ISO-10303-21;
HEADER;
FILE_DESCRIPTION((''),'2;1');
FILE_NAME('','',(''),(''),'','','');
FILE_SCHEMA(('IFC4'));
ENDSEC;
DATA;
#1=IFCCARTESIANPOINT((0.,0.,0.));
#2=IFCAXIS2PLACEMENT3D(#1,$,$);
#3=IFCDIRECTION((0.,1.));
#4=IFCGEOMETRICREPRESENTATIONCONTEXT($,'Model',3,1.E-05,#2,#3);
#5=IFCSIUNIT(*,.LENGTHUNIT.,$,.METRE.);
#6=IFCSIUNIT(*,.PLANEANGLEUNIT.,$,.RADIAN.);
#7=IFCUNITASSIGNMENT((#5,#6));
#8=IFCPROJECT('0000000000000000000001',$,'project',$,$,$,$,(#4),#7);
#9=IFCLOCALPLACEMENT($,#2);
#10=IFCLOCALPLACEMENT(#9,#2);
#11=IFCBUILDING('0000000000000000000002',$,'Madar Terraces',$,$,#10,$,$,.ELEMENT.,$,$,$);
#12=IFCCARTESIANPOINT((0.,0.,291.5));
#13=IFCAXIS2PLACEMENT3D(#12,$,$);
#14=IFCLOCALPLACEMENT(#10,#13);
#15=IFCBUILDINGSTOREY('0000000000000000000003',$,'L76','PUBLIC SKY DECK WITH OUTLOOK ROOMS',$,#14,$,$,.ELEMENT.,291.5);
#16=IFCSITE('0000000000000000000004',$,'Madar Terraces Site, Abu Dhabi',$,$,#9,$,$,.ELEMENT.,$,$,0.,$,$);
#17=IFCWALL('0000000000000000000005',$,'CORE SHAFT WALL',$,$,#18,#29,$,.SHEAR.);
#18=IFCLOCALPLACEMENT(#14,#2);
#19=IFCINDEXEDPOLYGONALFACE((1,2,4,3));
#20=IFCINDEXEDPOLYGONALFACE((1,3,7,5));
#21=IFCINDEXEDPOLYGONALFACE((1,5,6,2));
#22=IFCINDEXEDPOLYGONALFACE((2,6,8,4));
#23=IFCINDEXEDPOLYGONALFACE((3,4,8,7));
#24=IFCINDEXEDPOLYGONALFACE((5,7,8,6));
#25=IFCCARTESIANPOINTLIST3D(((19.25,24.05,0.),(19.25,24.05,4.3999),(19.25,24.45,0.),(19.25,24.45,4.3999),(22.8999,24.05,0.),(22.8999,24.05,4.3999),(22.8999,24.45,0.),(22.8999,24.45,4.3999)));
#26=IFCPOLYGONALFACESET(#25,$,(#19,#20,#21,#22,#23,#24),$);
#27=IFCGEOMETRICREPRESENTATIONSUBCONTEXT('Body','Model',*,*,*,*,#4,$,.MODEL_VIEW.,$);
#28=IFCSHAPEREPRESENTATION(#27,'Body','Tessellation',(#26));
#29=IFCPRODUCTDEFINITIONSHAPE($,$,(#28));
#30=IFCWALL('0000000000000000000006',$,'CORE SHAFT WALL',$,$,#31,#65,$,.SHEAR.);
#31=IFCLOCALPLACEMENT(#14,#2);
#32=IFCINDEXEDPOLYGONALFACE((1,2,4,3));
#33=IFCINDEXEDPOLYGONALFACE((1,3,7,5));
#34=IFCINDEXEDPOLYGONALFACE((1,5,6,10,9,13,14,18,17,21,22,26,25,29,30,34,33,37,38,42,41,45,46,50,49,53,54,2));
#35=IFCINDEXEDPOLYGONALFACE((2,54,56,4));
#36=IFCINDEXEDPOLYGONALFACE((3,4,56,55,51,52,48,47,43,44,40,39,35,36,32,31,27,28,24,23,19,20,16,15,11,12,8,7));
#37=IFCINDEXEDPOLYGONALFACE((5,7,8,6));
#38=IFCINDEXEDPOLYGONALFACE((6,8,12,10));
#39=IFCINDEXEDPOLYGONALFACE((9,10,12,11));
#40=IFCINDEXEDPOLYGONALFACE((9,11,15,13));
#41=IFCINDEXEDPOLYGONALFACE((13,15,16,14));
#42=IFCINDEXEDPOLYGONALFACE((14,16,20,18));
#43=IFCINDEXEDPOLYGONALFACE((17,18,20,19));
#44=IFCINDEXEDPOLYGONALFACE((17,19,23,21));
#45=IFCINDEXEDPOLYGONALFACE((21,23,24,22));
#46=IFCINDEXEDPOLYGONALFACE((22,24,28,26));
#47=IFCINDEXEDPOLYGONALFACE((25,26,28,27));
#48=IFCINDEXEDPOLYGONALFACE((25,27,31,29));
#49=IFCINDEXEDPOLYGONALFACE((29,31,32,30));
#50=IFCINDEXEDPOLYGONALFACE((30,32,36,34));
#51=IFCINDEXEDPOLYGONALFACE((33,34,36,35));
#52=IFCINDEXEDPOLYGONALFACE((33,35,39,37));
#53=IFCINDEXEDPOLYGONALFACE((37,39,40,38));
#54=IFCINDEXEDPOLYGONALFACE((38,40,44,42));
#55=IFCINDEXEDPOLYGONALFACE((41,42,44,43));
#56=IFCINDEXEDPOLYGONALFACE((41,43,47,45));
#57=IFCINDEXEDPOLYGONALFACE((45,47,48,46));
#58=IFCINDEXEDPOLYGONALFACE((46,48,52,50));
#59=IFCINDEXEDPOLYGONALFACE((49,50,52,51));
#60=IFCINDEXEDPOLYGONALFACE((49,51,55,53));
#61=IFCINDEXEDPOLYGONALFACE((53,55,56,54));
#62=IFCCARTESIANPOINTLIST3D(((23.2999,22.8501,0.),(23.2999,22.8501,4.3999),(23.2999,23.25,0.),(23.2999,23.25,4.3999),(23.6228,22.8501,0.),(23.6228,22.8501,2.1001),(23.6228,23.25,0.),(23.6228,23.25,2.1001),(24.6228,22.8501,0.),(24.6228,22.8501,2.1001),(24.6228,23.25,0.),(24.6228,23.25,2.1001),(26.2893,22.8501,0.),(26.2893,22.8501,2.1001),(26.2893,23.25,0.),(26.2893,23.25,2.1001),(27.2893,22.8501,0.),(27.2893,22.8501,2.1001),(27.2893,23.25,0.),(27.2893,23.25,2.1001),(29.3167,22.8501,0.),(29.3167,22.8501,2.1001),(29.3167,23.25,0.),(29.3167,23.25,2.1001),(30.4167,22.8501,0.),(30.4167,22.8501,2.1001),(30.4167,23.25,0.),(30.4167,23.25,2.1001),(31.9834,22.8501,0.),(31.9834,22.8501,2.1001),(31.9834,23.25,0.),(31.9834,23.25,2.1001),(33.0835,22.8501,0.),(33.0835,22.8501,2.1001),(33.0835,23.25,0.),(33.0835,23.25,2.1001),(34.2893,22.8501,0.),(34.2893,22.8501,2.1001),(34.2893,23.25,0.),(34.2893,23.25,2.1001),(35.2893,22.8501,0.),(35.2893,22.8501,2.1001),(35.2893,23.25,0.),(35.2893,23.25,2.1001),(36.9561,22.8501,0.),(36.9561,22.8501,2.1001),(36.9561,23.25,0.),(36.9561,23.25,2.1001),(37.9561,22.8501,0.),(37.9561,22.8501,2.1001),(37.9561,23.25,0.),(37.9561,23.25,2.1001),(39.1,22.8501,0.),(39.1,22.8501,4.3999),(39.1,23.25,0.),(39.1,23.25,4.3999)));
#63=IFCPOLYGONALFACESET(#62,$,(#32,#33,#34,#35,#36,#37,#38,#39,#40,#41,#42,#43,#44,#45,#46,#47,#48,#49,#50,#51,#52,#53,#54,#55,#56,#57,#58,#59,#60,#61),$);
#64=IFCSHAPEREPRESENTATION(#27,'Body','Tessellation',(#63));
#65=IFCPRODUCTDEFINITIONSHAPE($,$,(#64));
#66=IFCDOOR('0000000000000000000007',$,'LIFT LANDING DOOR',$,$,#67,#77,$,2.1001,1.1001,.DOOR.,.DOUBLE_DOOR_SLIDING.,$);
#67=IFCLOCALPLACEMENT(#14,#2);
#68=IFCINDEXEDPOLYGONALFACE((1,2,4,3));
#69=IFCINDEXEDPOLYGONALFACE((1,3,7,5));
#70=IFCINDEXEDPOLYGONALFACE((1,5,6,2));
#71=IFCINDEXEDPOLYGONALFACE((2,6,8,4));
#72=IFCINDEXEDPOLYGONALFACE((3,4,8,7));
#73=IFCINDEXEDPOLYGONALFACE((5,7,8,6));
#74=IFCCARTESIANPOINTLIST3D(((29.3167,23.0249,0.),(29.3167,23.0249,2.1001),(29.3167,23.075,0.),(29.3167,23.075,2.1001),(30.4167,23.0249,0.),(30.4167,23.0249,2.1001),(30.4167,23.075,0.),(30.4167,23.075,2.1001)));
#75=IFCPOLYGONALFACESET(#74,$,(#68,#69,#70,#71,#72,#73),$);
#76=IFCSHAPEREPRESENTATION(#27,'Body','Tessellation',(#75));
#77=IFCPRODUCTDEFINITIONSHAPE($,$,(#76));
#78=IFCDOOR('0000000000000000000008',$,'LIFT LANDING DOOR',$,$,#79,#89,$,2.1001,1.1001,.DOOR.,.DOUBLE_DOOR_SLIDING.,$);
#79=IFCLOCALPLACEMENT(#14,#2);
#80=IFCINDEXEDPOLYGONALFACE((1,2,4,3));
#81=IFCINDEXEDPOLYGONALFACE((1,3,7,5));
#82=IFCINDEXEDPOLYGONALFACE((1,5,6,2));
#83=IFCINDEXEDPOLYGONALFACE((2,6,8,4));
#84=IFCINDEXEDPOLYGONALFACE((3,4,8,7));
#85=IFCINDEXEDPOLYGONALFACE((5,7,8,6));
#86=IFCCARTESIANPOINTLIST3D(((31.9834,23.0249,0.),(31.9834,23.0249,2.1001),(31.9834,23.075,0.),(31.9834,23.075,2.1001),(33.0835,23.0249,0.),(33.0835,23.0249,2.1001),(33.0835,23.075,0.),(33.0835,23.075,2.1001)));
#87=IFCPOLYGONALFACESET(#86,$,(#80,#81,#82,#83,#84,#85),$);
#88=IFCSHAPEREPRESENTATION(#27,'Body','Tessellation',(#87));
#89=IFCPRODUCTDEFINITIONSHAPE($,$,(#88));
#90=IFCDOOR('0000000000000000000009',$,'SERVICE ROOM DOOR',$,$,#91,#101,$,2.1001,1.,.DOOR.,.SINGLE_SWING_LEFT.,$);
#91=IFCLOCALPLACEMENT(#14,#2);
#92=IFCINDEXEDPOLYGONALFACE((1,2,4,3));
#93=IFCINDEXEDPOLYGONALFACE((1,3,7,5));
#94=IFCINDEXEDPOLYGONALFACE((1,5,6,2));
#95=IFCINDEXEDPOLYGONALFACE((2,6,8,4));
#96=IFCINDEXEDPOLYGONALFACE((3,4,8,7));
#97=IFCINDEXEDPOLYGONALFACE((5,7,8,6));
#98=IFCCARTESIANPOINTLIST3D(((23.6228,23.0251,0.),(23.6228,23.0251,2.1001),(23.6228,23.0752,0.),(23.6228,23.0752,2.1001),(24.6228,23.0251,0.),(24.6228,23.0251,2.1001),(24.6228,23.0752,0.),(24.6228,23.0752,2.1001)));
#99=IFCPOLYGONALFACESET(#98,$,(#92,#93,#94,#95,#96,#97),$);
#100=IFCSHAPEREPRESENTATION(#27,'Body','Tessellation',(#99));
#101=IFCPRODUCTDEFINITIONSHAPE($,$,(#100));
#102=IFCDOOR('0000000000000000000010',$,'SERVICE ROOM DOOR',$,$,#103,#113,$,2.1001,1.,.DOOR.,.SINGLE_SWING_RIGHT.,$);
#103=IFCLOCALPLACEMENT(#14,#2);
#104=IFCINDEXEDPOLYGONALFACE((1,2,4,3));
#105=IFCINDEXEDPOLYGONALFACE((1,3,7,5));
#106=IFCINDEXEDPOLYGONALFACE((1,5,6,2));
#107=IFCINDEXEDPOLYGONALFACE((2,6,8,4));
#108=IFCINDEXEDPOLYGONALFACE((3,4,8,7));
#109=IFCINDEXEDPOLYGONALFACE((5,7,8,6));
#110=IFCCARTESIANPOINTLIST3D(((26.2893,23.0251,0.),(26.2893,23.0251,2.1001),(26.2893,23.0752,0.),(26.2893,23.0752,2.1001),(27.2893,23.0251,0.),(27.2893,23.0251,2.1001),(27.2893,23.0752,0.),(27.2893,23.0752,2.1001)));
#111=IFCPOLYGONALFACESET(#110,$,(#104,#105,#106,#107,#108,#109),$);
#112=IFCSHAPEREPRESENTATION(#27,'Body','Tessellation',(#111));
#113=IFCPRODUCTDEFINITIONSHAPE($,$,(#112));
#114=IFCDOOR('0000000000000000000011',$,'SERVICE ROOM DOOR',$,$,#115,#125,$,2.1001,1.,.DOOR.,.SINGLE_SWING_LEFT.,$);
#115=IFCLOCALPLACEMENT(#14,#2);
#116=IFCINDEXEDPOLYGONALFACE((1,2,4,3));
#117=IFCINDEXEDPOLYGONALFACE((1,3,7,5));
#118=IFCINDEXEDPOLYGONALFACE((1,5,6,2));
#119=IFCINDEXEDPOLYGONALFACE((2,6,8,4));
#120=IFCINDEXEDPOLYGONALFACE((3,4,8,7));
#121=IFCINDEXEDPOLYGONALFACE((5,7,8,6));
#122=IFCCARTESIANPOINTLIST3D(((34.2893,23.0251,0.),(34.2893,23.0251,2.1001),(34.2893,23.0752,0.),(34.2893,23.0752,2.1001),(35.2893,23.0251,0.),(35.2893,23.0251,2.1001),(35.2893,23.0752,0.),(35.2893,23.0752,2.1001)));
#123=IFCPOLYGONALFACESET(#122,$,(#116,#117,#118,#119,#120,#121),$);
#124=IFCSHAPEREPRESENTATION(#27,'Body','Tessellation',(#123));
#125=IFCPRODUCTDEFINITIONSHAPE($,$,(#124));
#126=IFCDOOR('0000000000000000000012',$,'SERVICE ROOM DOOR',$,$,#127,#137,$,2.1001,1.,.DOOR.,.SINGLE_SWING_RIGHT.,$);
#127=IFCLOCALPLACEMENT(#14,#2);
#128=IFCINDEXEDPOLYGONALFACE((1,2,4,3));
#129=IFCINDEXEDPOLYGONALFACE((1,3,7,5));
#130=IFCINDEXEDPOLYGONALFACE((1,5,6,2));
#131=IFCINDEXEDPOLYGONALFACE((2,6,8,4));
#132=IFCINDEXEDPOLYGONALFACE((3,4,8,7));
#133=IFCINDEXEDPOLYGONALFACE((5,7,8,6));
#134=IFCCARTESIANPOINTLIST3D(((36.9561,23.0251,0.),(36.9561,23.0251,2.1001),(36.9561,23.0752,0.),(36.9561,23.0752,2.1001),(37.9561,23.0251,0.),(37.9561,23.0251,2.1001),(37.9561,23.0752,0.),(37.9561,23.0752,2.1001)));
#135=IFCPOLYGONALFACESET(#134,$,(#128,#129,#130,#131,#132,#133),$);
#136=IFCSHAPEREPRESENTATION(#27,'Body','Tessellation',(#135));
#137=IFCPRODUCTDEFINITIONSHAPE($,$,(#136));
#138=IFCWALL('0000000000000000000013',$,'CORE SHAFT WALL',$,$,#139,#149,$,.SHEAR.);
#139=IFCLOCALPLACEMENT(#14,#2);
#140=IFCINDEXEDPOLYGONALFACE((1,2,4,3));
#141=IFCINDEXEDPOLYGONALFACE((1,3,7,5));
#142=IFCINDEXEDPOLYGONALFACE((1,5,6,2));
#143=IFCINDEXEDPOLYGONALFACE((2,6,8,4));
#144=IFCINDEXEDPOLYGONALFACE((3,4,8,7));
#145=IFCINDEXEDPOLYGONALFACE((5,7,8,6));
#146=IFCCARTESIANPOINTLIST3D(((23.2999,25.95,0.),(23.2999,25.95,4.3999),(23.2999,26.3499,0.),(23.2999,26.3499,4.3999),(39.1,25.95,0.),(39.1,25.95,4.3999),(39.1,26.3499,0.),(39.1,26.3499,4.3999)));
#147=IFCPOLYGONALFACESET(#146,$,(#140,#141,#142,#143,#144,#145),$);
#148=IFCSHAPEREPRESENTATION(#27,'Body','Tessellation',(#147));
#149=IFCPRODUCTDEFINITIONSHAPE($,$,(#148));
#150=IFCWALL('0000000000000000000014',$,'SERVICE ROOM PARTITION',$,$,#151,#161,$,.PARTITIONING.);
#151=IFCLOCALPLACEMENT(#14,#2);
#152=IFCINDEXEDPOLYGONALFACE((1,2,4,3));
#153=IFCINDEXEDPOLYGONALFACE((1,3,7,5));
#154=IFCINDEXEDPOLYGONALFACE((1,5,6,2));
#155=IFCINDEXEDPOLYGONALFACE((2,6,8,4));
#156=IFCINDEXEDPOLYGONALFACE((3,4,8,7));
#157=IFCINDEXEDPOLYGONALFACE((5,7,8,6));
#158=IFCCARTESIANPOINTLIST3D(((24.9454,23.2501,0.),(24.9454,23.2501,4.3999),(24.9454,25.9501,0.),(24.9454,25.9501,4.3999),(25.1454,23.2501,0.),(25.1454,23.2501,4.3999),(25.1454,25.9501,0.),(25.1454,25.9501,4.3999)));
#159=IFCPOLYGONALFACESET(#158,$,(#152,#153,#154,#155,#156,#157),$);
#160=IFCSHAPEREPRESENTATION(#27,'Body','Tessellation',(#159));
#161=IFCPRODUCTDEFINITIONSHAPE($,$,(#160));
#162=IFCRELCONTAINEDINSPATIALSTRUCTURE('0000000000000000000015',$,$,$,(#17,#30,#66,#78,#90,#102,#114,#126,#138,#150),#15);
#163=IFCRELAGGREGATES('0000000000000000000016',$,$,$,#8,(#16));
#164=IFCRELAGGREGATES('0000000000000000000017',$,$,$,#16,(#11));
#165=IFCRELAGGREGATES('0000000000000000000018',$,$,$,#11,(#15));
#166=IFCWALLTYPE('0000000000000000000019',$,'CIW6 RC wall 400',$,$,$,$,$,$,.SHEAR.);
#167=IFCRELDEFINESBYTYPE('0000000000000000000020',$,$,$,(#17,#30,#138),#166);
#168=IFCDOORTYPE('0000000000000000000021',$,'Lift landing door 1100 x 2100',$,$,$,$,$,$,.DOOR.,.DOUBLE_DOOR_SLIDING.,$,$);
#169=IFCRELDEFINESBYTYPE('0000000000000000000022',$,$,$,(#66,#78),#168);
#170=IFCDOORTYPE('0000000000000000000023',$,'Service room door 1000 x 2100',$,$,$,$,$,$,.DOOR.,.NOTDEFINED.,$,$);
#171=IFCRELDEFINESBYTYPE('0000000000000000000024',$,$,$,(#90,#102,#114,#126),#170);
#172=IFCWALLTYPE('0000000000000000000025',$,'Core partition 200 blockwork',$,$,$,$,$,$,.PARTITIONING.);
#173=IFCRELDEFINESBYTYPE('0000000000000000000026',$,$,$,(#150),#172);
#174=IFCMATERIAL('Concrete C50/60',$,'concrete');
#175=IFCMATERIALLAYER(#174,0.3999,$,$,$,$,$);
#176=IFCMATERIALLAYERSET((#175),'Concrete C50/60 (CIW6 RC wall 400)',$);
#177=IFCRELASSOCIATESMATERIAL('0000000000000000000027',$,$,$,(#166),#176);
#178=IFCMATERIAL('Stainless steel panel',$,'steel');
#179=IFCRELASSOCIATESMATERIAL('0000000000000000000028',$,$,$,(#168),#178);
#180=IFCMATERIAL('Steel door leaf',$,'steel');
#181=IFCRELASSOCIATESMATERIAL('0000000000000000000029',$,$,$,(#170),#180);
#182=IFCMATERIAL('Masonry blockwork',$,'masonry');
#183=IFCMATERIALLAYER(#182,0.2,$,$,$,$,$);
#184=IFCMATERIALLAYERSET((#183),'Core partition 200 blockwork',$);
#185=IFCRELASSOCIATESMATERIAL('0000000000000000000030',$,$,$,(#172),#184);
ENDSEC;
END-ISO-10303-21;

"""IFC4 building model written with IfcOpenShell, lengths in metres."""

from ifc_helpers import new_model, si_unit, direction, frame, frame_2d, origin, place, context, subcontext, project, spatial, rectangle, extrude, material, layer, layer_set, type_object, element, fill, save


model = new_model("IFC4")

# Units and contexts
model_context = context("Model", 3, precision=1e-05, world=origin(), true_north=direction((0.0, 1.0)))
body_context = subcontext(model_context, "Body", "Model", "MODEL_VIEW")
ifc_project = project(units=[si_unit("LENGTHUNIT", "METRE"), si_unit("PLANEANGLEUNIT", "RADIAN")], contexts=[model_context])

# Site, building, storey
site_placement = place(None, origin())
site = spatial("IfcSite", under=ifc_project, at=site_placement, Name="Madar Terraces Site, Abu Dhabi", CompositionType="ELEMENT", RefElevation=0.0)
building_placement = place(site_placement, origin())
building = spatial("IfcBuilding", under=site, at=building_placement, Name="Madar Terraces", CompositionType="ELEMENT")
storey_placement = place(building_placement, frame((0.0, 0.0, 291.5)))
storey = spatial("IfcBuildingStorey", under=building, at=storey_placement, Name="L76", Description="PUBLIC SKY DECK WITH OUTLOOK ROOMS", CompositionType="ELEMENT", Elevation=291.5)

# Wall
ifc_material_1 = material(Name="Concrete C50/60", Category="concrete")
ifc_layer_1 = layer(ifc_material_1, 0.3999)
ifc_layer_set_1 = layer_set([ifc_layer_1], Name="Concrete C50/60 (CIW6 RC wall 400)")
wall_type_1 = type_object("IfcWallType", Name="CIW6 RC wall 400", PredefinedType="SHEAR", material=ifc_layer_set_1)
wall_1_placement = place(storey_placement, frame((19.25, 24.25, 0.0), z_axis=(0.0, 0.0, 1.0), x_axis=(1.0, 0.0, 0.0)))
element("IfcWall", 1, at=wall_1_placement, inside=storey, type_object=wall_type_1, Name="CORE SHAFT WALL", PredefinedType="SHEAR", context=body_context, shape_type="SweptSolid", body=[
    extrude(rectangle(XDim=3.6499, YDim=0.3999, at=frame_2d((1.825, 0.0))), origin(), (0.0, 0.0, 1.0), 4.3999),
])

# Wall, openings, doors
wall_2_placement = place(storey_placement, frame((23.3, 23.05, 0.0), z_axis=(0.0, 0.0, 1.0), x_axis=(1.0, 0.0, 0.0)))
wall_2 = element("IfcWall", 2, at=wall_2_placement, inside=storey, type_object=wall_type_1, Name="CORE SHAFT WALL", PredefinedType="SHEAR", context=body_context, shape_type="SweptSolid", body=[
    extrude(rectangle(XDim=15.8, YDim=0.3999, at=frame_2d((7.8999, 0.0))), origin(), (0.0, 0.0, 1.0), 4.3999),
])
opening_1_placement = place(wall_2_placement, frame((6.0166, 0.0, 0.0)))
opening_1 = element("IfcOpeningElement", 3, at=opening_1_placement, cuts=wall_2, PredefinedType="OPENING", context=body_context, shape_type="SweptSolid", body=[
    extrude(rectangle(XDim=1.1001, YDim=2.1001, at=frame_2d((0.55, 1.05))), frame((0.0, 0.21, 0.0), z_axis=(0.0, -1.0, 0.0), x_axis=(1.0, 0.0, 0.0)), (0.0, 0.0, 1.0), 0.4199),
])
opening_2_placement = place(wall_2_placement, frame((8.6833, 0.0, 0.0)))
opening_2 = element("IfcOpeningElement", 4, at=opening_2_placement, cuts=wall_2, PredefinedType="OPENING", context=body_context, shape_type="SweptSolid", body=[
    extrude(rectangle(XDim=1.1001, YDim=2.1001, at=frame_2d((0.55, 1.05))), frame((0.0, 0.21, 0.0), z_axis=(0.0, -1.0, 0.0), x_axis=(1.0, 0.0, 0.0)), (0.0, 0.0, 1.0), 0.4199),
])
opening_3_placement = place(wall_2_placement, frame((0.3228, 0.0, 0.0)))
opening_3 = element("IfcOpeningElement", 5, at=opening_3_placement, cuts=wall_2, PredefinedType="OPENING", context=body_context, shape_type="SweptSolid", body=[
    extrude(rectangle(XDim=1.0, YDim=2.1001, at=frame_2d((0.5, 1.05))), frame((0.0, 0.21, 0.0), z_axis=(0.0, -1.0, 0.0), x_axis=(1.0, 0.0, 0.0)), (0.0, 0.0, 1.0), 0.4199),
])
opening_4_placement = place(wall_2_placement, frame((2.9893, 0.0, 0.0)))
opening_4 = element("IfcOpeningElement", 6, at=opening_4_placement, cuts=wall_2, PredefinedType="OPENING", context=body_context, shape_type="SweptSolid", body=[
    extrude(rectangle(XDim=1.0, YDim=2.1001, at=frame_2d((0.5, 1.05))), frame((0.0, 0.21, 0.0), z_axis=(0.0, -1.0, 0.0), x_axis=(1.0, 0.0, 0.0)), (0.0, 0.0, 1.0), 0.4199),
])
opening_5_placement = place(wall_2_placement, frame((10.9893, 0.0, 0.0)))
opening_5 = element("IfcOpeningElement", 7, at=opening_5_placement, cuts=wall_2, PredefinedType="OPENING", context=body_context, shape_type="SweptSolid", body=[
    extrude(rectangle(XDim=1.0, YDim=2.1001, at=frame_2d((0.5, 1.05))), frame((0.0, 0.21, 0.0), z_axis=(0.0, -1.0, 0.0), x_axis=(1.0, 0.0, 0.0)), (0.0, 0.0, 1.0), 0.4199),
])
opening_6_placement = place(wall_2_placement, frame((13.656, 0.0, 0.0)))
opening_6 = element("IfcOpeningElement", 8, at=opening_6_placement, cuts=wall_2, PredefinedType="OPENING", context=body_context, shape_type="SweptSolid", body=[
    extrude(rectangle(XDim=1.0, YDim=2.1001, at=frame_2d((0.5, 1.05))), frame((0.0, 0.21, 0.0), z_axis=(0.0, -1.0, 0.0), x_axis=(1.0, 0.0, 0.0)), (0.0, 0.0, 1.0), 0.4199),
])
ifc_material_2 = material(Name="Stainless steel panel", Category="steel")
door_type_1 = type_object("IfcDoorType", Name="Lift landing door 1100 x 2100", OperationType="DOUBLE_DOOR_SLIDING", PredefinedType="DOOR", material=ifc_material_2)
door_1_placement = place(opening_1_placement, origin())
door_1 = element("IfcDoor", 9, at=door_1_placement, inside=storey, type_object=door_type_1, Name="LIFT LANDING DOOR", OperationType="DOUBLE_DOOR_SLIDING", OverallHeight=2.1001, OverallWidth=1.1001, PredefinedType="DOOR", context=body_context, shape_type="SweptSolid", body=[
    extrude(rectangle(XDim=1.1001, YDim=2.1001, at=frame_2d((0.55, 1.05))), frame((0.0, 0.0249, 0.0), z_axis=(0.0, -1.0, 0.0), x_axis=(1.0, 0.0, 0.0)), (0.0, 0.0, 1.0), 0.05),
])
fill(opening_1, door_1)
door_2_placement = place(opening_2_placement, origin())
door_2 = element("IfcDoor", 10, at=door_2_placement, inside=storey, type_object=door_type_1, Name="LIFT LANDING DOOR", OperationType="DOUBLE_DOOR_SLIDING", OverallHeight=2.1001, OverallWidth=1.1001, PredefinedType="DOOR", context=body_context, shape_type="SweptSolid", body=[
    extrude(rectangle(XDim=1.1001, YDim=2.1001, at=frame_2d((0.55, 1.05))), frame((0.0, 0.0249, 0.0), z_axis=(0.0, -1.0, 0.0), x_axis=(1.0, 0.0, 0.0)), (0.0, 0.0, 1.0), 0.05),
])
fill(opening_2, door_2)
ifc_material_3 = material(Name="Steel door leaf", Category="steel")
door_type_2 = type_object("IfcDoorType", Name="Service room door 1000 x 2100", OperationType="NOTDEFINED", PredefinedType="DOOR", material=ifc_material_3)
door_3_placement = place(opening_3_placement, frame((1.0, 0.0, 0.0), z_axis=(0.0, 0.0, 1.0), x_axis=(-1.0, 0.0, 0.0)))
door_3 = element("IfcDoor", 11, at=door_3_placement, inside=storey, type_object=door_type_2, Name="SERVICE ROOM DOOR", OperationType="SINGLE_SWING_LEFT", OverallHeight=2.1001, OverallWidth=1.0, PredefinedType="DOOR", context=body_context, shape_type="SweptSolid", body=[
    extrude(rectangle(XDim=1.0, YDim=2.1001, at=frame_2d((0.5, 1.05))), frame((0.0, 0.0249, 0.0), z_axis=(0.0, -1.0, 0.0), x_axis=(1.0, 0.0, 0.0)), (0.0, 0.0, 1.0), 0.05),
])
fill(opening_3, door_3)
door_4_placement = place(opening_4_placement, frame((1.0, 0.0, 0.0), z_axis=(0.0, 0.0, 1.0), x_axis=(-1.0, 0.0, 0.0)))
door_4 = element("IfcDoor", 12, at=door_4_placement, inside=storey, type_object=door_type_2, Name="SERVICE ROOM DOOR", OperationType="SINGLE_SWING_RIGHT", OverallHeight=2.1001, OverallWidth=1.0, PredefinedType="DOOR", context=body_context, shape_type="SweptSolid", body=[
    extrude(rectangle(XDim=1.0, YDim=2.1001, at=frame_2d((0.5, 1.05))), frame((0.0, 0.0249, 0.0), z_axis=(0.0, -1.0, 0.0), x_axis=(1.0, 0.0, 0.0)), (0.0, 0.0, 1.0), 0.05),
])
fill(opening_4, door_4)
door_5_placement = place(opening_5_placement, frame((1.0, 0.0, 0.0), z_axis=(0.0, 0.0, 1.0), x_axis=(-1.0, 0.0, 0.0)))
door_5 = element("IfcDoor", 13, at=door_5_placement, inside=storey, type_object=door_type_2, Name="SERVICE ROOM DOOR", OperationType="SINGLE_SWING_LEFT", OverallHeight=2.1001, OverallWidth=1.0, PredefinedType="DOOR", context=body_context, shape_type="SweptSolid", body=[
    extrude(rectangle(XDim=1.0, YDim=2.1001, at=frame_2d((0.5, 1.05))), frame((0.0, 0.0249, 0.0), z_axis=(0.0, -1.0, 0.0), x_axis=(1.0, 0.0, 0.0)), (0.0, 0.0, 1.0), 0.05),
])
fill(opening_5, door_5)
door_6_placement = place(opening_6_placement, frame((1.0, 0.0, 0.0), z_axis=(0.0, 0.0, 1.0), x_axis=(-1.0, 0.0, 0.0)))
door_6 = element("IfcDoor", 14, at=door_6_placement, inside=storey, type_object=door_type_2, Name="SERVICE ROOM DOOR", OperationType="SINGLE_SWING_RIGHT", OverallHeight=2.1001, OverallWidth=1.0, PredefinedType="DOOR", context=body_context, shape_type="SweptSolid", body=[
    extrude(rectangle(XDim=1.0, YDim=2.1001, at=frame_2d((0.5, 1.05))), frame((0.0, 0.0249, 0.0), z_axis=(0.0, -1.0, 0.0), x_axis=(1.0, 0.0, 0.0)), (0.0, 0.0, 1.0), 0.05),
])
fill(opening_6, door_6)

# Walls
wall_3_placement = place(storey_placement, frame((23.3, 26.1499, 0.0), z_axis=(0.0, 0.0, 1.0), x_axis=(1.0, 0.0, 0.0)))
element("IfcWall", 15, at=wall_3_placement, inside=storey, type_object=wall_type_1, Name="CORE SHAFT WALL", PredefinedType="SHEAR", context=body_context, shape_type="SweptSolid", body=[
    extrude(rectangle(XDim=15.8, YDim=0.3999, at=frame_2d((7.8999, 0.0))), origin(), (0.0, 0.0, 1.0), 4.3999),
])
ifc_material_4 = material(Name="Masonry blockwork", Category="masonry")
ifc_layer_2 = layer(ifc_material_4, 0.2)
ifc_layer_set_2 = layer_set([ifc_layer_2], Name="Core partition 200 blockwork")
wall_type_2 = type_object("IfcWallType", Name="Core partition 200 blockwork", PredefinedType="PARTITIONING", material=ifc_layer_set_2)
wall_4_placement = place(storey_placement, frame((25.0454, 23.25, 0.0), z_axis=(0.0, 0.0, 1.0), x_axis=(0.0, 1.0, 0.0)))
element("IfcWall", 16, at=wall_4_placement, inside=storey, type_object=wall_type_2, Name="SERVICE ROOM PARTITION", PredefinedType="PARTITIONING", context=body_context, shape_type="SweptSolid", body=[
    extrude(rectangle(XDim=2.7, YDim=0.2, at=frame_2d((1.3501, 0.0))), origin(), (0.0, 0.0, 1.0), 4.3999),
])

save(model, "model.ifc")
